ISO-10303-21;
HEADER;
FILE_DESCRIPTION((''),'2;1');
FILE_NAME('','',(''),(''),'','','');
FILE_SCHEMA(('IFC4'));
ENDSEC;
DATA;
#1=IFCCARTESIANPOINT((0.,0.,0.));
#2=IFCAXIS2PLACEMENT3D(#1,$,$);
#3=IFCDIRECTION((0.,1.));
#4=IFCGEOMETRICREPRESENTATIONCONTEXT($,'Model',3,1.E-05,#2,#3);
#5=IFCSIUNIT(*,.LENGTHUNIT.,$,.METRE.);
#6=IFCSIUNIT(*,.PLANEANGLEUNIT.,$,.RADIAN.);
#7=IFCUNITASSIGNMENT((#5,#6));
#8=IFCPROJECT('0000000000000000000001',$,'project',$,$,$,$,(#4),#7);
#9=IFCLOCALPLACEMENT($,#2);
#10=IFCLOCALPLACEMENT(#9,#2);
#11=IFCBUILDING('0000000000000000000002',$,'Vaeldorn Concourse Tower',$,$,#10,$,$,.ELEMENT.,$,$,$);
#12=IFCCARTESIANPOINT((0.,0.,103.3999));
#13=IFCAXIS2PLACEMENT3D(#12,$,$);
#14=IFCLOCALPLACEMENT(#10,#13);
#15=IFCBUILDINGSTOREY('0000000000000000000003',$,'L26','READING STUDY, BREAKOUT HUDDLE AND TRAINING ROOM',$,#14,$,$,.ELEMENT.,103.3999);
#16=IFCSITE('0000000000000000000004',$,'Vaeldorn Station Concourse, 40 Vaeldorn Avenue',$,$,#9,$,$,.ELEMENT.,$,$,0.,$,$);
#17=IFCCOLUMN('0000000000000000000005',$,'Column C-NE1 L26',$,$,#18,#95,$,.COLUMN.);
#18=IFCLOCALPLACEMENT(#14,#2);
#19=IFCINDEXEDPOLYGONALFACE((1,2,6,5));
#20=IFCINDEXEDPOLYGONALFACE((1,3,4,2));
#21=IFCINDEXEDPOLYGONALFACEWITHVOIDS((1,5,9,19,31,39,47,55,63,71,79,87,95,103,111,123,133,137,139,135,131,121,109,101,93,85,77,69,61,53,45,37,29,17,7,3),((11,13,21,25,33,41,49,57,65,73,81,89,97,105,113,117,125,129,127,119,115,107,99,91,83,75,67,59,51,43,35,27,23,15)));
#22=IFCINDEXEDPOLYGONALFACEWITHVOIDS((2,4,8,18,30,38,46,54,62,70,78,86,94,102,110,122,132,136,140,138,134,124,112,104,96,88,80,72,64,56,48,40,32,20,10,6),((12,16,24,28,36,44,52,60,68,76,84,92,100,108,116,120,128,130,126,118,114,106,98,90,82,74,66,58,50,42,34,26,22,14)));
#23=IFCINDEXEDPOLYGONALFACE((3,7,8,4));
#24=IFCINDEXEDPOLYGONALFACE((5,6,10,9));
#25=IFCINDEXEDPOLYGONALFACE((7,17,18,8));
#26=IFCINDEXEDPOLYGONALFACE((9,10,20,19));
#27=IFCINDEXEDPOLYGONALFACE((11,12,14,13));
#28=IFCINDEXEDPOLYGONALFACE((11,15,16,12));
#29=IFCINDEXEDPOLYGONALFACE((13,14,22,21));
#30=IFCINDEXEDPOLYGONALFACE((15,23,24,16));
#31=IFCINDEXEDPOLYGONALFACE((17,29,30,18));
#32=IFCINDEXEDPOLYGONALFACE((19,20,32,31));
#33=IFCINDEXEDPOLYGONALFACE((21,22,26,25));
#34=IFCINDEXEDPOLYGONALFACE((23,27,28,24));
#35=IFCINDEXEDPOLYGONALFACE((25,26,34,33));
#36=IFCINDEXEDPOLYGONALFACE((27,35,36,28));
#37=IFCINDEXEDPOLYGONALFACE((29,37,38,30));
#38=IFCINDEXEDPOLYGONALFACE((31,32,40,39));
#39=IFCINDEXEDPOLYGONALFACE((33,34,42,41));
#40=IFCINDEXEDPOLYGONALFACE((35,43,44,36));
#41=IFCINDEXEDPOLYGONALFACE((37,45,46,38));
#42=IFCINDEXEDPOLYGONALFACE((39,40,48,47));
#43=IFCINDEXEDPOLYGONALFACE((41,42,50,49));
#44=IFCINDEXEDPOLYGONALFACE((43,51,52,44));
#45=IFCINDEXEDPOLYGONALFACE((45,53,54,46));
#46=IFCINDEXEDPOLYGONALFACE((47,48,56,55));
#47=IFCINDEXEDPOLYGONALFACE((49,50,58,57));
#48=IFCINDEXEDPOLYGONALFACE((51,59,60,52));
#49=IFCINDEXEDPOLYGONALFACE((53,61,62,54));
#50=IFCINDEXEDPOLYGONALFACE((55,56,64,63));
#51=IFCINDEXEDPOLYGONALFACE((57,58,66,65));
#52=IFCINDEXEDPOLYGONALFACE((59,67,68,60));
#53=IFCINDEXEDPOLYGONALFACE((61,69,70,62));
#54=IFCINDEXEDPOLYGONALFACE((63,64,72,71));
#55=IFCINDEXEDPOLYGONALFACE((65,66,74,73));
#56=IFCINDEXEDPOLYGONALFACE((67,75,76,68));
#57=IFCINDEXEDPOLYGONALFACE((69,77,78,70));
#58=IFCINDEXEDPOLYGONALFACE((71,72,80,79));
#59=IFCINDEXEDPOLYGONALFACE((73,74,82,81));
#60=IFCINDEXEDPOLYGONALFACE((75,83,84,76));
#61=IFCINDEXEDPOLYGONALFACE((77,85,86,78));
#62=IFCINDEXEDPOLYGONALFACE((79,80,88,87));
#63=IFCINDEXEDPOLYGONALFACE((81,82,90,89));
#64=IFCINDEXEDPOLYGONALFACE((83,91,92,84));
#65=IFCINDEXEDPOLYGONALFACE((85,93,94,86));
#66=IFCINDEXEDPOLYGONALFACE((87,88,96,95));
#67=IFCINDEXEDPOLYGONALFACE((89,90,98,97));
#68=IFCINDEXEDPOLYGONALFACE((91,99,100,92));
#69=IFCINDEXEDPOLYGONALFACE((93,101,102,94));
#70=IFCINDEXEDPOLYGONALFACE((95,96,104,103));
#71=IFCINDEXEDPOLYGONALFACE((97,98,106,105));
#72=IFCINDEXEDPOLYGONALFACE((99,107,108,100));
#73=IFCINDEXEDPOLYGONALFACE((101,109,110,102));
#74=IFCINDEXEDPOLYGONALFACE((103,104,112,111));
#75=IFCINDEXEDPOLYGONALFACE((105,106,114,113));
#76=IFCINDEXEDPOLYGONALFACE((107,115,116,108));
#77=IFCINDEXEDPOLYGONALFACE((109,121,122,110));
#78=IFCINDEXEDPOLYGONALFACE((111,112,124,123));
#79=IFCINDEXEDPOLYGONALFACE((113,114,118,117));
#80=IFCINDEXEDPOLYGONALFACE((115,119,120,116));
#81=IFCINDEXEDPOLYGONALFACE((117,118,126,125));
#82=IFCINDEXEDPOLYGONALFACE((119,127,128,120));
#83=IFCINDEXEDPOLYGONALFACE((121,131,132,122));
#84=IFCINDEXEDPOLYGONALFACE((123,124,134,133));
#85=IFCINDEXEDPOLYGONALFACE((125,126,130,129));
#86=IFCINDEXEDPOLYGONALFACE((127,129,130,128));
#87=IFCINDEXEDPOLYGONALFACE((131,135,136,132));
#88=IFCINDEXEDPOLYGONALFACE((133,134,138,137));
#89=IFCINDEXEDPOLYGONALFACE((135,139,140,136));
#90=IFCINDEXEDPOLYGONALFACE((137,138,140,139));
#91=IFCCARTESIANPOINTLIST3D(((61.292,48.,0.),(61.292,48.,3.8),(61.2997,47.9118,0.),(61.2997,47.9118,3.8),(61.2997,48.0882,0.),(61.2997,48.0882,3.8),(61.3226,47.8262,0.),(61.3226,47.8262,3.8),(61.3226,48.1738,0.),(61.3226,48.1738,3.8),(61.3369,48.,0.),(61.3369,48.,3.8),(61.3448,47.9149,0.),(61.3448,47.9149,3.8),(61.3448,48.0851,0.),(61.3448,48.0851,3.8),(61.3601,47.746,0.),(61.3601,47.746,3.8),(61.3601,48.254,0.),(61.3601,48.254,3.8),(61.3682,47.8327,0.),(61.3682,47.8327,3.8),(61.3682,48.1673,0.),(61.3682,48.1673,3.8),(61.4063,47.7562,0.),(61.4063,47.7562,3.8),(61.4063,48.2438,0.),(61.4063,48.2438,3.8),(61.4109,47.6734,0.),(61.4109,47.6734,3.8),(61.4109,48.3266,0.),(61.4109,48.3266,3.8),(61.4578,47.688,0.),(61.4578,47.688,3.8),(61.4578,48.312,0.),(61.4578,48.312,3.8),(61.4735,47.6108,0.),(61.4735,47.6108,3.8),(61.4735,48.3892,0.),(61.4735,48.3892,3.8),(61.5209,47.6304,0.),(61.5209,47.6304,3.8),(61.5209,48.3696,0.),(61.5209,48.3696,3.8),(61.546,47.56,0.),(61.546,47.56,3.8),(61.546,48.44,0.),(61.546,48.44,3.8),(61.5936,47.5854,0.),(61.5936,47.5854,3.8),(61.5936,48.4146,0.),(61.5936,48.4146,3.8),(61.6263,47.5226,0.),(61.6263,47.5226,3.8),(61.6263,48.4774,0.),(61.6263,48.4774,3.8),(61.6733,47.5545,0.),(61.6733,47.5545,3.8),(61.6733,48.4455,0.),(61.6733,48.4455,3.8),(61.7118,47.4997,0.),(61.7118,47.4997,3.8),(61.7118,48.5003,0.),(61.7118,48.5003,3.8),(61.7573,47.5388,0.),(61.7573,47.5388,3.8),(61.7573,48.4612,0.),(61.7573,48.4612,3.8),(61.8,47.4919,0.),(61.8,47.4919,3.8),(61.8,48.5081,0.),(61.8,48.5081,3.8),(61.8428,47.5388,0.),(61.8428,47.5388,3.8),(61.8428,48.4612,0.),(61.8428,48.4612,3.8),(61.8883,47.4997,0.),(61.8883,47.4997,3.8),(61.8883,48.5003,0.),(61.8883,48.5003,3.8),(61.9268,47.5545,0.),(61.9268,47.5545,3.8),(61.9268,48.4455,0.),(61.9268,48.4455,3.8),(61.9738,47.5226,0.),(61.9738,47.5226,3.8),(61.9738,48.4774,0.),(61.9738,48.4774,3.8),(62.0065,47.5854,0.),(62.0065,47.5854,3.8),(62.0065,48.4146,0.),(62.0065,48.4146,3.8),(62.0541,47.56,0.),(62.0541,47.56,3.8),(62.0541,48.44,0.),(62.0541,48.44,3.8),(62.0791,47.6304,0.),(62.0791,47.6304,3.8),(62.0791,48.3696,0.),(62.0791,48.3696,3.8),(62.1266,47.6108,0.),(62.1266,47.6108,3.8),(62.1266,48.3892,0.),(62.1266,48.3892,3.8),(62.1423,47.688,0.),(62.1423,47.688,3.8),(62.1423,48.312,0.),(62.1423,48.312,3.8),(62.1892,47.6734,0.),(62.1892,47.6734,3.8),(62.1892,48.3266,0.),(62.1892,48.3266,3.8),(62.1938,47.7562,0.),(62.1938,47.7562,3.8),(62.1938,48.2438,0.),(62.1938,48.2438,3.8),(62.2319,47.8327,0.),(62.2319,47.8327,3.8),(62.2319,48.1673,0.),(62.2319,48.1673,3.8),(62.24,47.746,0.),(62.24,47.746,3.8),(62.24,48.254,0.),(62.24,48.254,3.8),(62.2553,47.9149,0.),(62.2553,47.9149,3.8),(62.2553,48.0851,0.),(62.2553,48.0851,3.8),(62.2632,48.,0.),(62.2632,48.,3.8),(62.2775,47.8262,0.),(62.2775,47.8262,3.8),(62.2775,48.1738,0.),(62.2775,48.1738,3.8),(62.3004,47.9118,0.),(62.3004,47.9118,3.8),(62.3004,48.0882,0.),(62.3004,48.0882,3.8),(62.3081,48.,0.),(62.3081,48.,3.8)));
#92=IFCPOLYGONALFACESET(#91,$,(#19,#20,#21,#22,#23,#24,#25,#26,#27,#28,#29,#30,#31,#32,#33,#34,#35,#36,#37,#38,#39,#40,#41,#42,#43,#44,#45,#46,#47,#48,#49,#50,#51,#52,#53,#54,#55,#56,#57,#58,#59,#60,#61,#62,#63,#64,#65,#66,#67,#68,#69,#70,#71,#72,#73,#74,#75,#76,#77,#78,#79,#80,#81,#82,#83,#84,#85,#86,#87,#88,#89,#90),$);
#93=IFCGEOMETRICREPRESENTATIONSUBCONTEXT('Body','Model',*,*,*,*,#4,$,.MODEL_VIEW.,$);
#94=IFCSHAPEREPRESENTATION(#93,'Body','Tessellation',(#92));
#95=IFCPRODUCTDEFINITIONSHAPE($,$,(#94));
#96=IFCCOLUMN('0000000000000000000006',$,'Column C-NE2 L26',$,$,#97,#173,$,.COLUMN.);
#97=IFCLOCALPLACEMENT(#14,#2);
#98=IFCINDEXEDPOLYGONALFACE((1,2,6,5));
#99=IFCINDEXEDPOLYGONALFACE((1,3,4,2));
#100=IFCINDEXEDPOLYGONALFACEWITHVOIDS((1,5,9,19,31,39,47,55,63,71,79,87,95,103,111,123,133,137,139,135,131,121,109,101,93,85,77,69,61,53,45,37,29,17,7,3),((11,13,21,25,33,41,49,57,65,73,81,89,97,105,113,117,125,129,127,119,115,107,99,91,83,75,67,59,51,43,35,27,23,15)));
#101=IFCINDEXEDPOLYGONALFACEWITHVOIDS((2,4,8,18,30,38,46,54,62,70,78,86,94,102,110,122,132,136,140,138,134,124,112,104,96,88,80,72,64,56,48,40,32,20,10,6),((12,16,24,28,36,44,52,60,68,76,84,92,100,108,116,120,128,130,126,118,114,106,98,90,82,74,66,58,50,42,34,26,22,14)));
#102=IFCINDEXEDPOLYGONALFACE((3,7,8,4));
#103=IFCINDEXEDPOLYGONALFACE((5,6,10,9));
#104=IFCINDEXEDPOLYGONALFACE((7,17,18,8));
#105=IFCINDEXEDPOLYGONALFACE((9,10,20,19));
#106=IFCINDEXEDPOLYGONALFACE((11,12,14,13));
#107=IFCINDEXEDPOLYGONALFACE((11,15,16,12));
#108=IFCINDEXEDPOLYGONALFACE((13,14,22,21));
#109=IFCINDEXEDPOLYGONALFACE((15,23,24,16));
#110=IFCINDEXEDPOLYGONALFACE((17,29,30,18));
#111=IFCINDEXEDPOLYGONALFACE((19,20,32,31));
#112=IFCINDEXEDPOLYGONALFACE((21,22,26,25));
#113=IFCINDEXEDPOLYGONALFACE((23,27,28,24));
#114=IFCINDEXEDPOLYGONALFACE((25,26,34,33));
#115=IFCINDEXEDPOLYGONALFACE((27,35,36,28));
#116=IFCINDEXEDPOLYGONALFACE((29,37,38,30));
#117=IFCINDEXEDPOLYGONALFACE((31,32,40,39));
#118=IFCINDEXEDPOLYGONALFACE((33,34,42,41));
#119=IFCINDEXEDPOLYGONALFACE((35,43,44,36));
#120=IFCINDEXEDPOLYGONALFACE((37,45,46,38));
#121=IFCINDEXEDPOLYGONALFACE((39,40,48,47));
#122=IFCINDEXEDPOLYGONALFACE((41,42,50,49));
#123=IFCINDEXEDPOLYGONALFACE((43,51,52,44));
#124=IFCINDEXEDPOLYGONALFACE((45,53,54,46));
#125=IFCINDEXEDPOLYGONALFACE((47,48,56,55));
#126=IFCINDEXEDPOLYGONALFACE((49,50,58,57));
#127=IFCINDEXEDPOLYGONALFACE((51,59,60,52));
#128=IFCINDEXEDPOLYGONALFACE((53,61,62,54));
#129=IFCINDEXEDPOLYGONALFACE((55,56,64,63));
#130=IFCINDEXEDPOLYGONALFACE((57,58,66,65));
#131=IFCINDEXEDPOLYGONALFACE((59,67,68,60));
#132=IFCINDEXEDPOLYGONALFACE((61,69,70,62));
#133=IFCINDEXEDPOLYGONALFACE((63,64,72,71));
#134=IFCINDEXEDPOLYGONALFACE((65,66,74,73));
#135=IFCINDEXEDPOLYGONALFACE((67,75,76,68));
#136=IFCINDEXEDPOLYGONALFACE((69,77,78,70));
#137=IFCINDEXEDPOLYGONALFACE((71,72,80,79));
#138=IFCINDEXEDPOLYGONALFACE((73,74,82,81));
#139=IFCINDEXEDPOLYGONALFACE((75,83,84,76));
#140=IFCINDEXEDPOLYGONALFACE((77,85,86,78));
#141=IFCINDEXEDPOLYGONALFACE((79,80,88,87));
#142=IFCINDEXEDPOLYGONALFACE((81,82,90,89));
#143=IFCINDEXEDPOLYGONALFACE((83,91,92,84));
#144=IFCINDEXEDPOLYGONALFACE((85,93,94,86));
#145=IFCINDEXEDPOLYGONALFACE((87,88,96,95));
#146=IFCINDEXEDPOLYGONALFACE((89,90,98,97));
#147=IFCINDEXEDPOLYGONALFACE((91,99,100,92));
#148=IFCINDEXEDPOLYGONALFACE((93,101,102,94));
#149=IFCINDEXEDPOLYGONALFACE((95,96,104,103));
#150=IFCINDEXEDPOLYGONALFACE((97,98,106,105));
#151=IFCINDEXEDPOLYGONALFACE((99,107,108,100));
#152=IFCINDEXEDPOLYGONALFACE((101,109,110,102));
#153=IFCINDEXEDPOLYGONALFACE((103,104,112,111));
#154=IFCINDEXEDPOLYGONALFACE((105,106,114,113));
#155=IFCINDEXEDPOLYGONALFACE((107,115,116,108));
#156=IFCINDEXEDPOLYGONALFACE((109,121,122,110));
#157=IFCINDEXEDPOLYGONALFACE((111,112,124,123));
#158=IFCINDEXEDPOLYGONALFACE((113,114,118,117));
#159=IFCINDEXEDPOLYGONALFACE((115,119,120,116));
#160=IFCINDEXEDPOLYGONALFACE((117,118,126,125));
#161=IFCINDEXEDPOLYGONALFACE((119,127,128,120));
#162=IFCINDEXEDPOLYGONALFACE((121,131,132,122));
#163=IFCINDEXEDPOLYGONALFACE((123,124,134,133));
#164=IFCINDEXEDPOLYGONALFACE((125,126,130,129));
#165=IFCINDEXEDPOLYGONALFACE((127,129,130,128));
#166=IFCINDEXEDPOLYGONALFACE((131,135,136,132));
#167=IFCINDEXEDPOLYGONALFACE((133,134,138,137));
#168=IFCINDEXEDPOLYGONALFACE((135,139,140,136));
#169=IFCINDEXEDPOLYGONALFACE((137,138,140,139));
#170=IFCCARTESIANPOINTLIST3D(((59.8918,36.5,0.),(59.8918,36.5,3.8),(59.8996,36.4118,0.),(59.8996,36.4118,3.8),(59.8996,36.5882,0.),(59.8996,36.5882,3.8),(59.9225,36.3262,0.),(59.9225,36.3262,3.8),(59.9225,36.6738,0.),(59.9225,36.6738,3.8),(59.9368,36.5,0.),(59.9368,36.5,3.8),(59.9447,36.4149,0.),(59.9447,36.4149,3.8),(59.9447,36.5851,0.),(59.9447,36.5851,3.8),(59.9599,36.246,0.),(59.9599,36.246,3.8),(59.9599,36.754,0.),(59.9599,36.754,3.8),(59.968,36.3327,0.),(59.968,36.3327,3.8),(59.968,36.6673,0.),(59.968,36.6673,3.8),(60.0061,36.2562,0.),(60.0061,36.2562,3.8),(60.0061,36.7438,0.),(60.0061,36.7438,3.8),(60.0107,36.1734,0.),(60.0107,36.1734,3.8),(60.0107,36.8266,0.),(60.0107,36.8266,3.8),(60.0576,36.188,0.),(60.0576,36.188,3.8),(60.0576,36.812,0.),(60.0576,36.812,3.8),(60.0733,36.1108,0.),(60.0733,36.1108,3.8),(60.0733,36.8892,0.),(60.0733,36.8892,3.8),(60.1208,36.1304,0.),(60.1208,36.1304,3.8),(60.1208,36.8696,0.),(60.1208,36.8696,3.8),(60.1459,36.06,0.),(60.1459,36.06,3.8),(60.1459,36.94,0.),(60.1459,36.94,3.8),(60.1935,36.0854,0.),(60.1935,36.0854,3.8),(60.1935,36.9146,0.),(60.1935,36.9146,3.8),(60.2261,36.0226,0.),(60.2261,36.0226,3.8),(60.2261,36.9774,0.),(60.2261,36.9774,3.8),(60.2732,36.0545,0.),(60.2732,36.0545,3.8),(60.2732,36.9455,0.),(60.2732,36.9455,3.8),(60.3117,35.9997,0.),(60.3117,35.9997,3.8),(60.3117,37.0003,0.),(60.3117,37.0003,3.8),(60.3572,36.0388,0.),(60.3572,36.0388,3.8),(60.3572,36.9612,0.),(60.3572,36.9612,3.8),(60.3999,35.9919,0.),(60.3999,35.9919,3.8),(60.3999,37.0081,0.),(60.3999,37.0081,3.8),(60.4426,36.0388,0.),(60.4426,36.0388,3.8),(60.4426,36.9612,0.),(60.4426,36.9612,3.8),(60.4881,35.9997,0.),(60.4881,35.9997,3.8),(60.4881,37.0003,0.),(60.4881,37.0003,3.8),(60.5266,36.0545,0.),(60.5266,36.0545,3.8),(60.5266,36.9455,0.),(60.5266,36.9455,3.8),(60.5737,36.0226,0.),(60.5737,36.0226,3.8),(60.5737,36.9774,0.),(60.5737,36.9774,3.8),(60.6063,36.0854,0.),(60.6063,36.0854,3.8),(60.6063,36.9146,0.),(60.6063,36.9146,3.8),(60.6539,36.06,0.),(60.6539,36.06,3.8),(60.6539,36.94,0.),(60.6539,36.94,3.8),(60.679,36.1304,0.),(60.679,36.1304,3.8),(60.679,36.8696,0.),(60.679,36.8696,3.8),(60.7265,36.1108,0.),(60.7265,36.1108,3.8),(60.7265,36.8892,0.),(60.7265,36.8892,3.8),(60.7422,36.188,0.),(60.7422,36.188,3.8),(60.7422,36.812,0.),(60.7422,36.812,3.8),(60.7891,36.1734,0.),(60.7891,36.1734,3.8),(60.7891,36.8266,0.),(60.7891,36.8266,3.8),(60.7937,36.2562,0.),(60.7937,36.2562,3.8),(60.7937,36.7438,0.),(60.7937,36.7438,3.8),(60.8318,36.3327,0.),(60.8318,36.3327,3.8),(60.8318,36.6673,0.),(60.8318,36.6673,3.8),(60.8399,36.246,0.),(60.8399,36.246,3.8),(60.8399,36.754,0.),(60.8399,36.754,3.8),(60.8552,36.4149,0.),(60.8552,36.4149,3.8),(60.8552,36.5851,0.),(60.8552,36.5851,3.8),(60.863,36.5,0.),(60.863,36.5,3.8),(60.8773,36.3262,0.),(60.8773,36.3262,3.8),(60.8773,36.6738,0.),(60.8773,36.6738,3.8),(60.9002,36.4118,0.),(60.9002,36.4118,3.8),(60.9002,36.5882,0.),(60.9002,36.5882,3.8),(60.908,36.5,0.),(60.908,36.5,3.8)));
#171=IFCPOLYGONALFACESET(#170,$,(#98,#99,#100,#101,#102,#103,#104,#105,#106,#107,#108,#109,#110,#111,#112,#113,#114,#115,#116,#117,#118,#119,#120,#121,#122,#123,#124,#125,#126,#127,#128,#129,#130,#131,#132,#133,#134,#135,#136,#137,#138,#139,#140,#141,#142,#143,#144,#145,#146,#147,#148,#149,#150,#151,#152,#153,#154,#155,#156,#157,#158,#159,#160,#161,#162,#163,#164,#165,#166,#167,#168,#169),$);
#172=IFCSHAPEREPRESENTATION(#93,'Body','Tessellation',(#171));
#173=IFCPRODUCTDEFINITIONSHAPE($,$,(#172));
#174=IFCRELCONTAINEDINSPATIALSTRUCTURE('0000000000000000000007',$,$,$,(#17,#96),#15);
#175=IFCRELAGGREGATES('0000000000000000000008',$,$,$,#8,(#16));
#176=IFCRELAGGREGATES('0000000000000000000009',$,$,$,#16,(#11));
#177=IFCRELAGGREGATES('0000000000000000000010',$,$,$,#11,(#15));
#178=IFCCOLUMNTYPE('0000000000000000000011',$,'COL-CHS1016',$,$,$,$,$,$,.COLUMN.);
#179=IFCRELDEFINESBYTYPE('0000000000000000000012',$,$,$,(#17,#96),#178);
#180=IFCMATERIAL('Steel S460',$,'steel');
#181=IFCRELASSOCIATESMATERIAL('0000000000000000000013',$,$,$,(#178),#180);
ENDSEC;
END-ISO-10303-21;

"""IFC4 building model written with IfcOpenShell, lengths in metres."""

from ifc_helpers import new_model, si_unit, direction, frame, origin, origin_2d, place, context, subcontext, project, spatial, hollow_circle, extrude, source, transform, mapped, material, material_profile, profile_set, type_object, element, save


model = new_model("IFC4")

# Units and contexts
model_context = context("Model", 3, precision=1e-05, world=origin(), true_north=direction((0.0, 1.0)))
body_context = subcontext(model_context, "Body", "Model", "MODEL_VIEW")
ifc_project = project(units=[si_unit("LENGTHUNIT", "METRE"), si_unit("PLANEANGLEUNIT", "RADIAN")], contexts=[model_context])

# Site, building, storey
site_placement = place(None, origin())
site = spatial("IfcSite", under=ifc_project, at=site_placement, Name="Vaeldorn Station Concourse, 40 Vaeldorn Avenue", CompositionType="ELEMENT", RefElevation=0.0)
building_placement = place(site_placement, origin())
building = spatial("IfcBuilding", under=site, at=building_placement, Name="Vaeldorn Concourse Tower", CompositionType="ELEMENT")
storey_placement = place(building_placement, frame((0.0, 0.0, 103.3999)))
storey = spatial("IfcBuildingStorey", under=building, at=storey_placement, Name="L26", Description="READING STUDY, BREAKOUT HUDDLE AND TRAINING ROOM", CompositionType="ELEMENT", Elevation=103.3999)

# Columns
ifc_material_1 = material(Name="Steel S460", Category="steel")
ifc_material_profile_1 = material_profile(ifc_material_1, hollow_circle(Radius=0.5081, WallThickness=0.0449, at=origin_2d()), Name="CHS 1016x45")
ifc_profile_set_1 = profile_set([ifc_material_profile_1], Name="Steel S460")
column_type = type_object("IfcColumnType", Name="COL-CHS1016", PredefinedType="COLUMN", material=ifc_profile_set_1)
shared_shape_1 = source(origin(), body_context, "Body", "SweptSolid", [
    extrude(hollow_circle(Radius=0.5081, WallThickness=0.0449, at=origin_2d()), origin(), (0.0, 0.0, 1.0), 3.8),
])
for number, where, z_axis, x_axis, name in (
    (1, (61.8, 48.0, 0.0), (0.0, 0.0, 1.0), (1.0, 0.0, 0.0), "Column C-NE1 L26"),
    (2, (60.3999, 36.5, 0.0), (0.0, 0.0, 1.0), (1.0, 0.0, 0.0), "Column C-NE2 L26"),
):
    element("IfcColumn", number, at=place(storey_placement, frame(where, z_axis=z_axis, x_axis=x_axis)), inside=storey, type_object=column_type, Name=name, PredefinedType="COLUMN", context=body_context, shape_type="MappedRepresentation", body=[
        mapped(shared_shape_1, transform((0.0, 0.0, 0.0), scale=1.0)),
    ])

save(model, "model.ifc")
